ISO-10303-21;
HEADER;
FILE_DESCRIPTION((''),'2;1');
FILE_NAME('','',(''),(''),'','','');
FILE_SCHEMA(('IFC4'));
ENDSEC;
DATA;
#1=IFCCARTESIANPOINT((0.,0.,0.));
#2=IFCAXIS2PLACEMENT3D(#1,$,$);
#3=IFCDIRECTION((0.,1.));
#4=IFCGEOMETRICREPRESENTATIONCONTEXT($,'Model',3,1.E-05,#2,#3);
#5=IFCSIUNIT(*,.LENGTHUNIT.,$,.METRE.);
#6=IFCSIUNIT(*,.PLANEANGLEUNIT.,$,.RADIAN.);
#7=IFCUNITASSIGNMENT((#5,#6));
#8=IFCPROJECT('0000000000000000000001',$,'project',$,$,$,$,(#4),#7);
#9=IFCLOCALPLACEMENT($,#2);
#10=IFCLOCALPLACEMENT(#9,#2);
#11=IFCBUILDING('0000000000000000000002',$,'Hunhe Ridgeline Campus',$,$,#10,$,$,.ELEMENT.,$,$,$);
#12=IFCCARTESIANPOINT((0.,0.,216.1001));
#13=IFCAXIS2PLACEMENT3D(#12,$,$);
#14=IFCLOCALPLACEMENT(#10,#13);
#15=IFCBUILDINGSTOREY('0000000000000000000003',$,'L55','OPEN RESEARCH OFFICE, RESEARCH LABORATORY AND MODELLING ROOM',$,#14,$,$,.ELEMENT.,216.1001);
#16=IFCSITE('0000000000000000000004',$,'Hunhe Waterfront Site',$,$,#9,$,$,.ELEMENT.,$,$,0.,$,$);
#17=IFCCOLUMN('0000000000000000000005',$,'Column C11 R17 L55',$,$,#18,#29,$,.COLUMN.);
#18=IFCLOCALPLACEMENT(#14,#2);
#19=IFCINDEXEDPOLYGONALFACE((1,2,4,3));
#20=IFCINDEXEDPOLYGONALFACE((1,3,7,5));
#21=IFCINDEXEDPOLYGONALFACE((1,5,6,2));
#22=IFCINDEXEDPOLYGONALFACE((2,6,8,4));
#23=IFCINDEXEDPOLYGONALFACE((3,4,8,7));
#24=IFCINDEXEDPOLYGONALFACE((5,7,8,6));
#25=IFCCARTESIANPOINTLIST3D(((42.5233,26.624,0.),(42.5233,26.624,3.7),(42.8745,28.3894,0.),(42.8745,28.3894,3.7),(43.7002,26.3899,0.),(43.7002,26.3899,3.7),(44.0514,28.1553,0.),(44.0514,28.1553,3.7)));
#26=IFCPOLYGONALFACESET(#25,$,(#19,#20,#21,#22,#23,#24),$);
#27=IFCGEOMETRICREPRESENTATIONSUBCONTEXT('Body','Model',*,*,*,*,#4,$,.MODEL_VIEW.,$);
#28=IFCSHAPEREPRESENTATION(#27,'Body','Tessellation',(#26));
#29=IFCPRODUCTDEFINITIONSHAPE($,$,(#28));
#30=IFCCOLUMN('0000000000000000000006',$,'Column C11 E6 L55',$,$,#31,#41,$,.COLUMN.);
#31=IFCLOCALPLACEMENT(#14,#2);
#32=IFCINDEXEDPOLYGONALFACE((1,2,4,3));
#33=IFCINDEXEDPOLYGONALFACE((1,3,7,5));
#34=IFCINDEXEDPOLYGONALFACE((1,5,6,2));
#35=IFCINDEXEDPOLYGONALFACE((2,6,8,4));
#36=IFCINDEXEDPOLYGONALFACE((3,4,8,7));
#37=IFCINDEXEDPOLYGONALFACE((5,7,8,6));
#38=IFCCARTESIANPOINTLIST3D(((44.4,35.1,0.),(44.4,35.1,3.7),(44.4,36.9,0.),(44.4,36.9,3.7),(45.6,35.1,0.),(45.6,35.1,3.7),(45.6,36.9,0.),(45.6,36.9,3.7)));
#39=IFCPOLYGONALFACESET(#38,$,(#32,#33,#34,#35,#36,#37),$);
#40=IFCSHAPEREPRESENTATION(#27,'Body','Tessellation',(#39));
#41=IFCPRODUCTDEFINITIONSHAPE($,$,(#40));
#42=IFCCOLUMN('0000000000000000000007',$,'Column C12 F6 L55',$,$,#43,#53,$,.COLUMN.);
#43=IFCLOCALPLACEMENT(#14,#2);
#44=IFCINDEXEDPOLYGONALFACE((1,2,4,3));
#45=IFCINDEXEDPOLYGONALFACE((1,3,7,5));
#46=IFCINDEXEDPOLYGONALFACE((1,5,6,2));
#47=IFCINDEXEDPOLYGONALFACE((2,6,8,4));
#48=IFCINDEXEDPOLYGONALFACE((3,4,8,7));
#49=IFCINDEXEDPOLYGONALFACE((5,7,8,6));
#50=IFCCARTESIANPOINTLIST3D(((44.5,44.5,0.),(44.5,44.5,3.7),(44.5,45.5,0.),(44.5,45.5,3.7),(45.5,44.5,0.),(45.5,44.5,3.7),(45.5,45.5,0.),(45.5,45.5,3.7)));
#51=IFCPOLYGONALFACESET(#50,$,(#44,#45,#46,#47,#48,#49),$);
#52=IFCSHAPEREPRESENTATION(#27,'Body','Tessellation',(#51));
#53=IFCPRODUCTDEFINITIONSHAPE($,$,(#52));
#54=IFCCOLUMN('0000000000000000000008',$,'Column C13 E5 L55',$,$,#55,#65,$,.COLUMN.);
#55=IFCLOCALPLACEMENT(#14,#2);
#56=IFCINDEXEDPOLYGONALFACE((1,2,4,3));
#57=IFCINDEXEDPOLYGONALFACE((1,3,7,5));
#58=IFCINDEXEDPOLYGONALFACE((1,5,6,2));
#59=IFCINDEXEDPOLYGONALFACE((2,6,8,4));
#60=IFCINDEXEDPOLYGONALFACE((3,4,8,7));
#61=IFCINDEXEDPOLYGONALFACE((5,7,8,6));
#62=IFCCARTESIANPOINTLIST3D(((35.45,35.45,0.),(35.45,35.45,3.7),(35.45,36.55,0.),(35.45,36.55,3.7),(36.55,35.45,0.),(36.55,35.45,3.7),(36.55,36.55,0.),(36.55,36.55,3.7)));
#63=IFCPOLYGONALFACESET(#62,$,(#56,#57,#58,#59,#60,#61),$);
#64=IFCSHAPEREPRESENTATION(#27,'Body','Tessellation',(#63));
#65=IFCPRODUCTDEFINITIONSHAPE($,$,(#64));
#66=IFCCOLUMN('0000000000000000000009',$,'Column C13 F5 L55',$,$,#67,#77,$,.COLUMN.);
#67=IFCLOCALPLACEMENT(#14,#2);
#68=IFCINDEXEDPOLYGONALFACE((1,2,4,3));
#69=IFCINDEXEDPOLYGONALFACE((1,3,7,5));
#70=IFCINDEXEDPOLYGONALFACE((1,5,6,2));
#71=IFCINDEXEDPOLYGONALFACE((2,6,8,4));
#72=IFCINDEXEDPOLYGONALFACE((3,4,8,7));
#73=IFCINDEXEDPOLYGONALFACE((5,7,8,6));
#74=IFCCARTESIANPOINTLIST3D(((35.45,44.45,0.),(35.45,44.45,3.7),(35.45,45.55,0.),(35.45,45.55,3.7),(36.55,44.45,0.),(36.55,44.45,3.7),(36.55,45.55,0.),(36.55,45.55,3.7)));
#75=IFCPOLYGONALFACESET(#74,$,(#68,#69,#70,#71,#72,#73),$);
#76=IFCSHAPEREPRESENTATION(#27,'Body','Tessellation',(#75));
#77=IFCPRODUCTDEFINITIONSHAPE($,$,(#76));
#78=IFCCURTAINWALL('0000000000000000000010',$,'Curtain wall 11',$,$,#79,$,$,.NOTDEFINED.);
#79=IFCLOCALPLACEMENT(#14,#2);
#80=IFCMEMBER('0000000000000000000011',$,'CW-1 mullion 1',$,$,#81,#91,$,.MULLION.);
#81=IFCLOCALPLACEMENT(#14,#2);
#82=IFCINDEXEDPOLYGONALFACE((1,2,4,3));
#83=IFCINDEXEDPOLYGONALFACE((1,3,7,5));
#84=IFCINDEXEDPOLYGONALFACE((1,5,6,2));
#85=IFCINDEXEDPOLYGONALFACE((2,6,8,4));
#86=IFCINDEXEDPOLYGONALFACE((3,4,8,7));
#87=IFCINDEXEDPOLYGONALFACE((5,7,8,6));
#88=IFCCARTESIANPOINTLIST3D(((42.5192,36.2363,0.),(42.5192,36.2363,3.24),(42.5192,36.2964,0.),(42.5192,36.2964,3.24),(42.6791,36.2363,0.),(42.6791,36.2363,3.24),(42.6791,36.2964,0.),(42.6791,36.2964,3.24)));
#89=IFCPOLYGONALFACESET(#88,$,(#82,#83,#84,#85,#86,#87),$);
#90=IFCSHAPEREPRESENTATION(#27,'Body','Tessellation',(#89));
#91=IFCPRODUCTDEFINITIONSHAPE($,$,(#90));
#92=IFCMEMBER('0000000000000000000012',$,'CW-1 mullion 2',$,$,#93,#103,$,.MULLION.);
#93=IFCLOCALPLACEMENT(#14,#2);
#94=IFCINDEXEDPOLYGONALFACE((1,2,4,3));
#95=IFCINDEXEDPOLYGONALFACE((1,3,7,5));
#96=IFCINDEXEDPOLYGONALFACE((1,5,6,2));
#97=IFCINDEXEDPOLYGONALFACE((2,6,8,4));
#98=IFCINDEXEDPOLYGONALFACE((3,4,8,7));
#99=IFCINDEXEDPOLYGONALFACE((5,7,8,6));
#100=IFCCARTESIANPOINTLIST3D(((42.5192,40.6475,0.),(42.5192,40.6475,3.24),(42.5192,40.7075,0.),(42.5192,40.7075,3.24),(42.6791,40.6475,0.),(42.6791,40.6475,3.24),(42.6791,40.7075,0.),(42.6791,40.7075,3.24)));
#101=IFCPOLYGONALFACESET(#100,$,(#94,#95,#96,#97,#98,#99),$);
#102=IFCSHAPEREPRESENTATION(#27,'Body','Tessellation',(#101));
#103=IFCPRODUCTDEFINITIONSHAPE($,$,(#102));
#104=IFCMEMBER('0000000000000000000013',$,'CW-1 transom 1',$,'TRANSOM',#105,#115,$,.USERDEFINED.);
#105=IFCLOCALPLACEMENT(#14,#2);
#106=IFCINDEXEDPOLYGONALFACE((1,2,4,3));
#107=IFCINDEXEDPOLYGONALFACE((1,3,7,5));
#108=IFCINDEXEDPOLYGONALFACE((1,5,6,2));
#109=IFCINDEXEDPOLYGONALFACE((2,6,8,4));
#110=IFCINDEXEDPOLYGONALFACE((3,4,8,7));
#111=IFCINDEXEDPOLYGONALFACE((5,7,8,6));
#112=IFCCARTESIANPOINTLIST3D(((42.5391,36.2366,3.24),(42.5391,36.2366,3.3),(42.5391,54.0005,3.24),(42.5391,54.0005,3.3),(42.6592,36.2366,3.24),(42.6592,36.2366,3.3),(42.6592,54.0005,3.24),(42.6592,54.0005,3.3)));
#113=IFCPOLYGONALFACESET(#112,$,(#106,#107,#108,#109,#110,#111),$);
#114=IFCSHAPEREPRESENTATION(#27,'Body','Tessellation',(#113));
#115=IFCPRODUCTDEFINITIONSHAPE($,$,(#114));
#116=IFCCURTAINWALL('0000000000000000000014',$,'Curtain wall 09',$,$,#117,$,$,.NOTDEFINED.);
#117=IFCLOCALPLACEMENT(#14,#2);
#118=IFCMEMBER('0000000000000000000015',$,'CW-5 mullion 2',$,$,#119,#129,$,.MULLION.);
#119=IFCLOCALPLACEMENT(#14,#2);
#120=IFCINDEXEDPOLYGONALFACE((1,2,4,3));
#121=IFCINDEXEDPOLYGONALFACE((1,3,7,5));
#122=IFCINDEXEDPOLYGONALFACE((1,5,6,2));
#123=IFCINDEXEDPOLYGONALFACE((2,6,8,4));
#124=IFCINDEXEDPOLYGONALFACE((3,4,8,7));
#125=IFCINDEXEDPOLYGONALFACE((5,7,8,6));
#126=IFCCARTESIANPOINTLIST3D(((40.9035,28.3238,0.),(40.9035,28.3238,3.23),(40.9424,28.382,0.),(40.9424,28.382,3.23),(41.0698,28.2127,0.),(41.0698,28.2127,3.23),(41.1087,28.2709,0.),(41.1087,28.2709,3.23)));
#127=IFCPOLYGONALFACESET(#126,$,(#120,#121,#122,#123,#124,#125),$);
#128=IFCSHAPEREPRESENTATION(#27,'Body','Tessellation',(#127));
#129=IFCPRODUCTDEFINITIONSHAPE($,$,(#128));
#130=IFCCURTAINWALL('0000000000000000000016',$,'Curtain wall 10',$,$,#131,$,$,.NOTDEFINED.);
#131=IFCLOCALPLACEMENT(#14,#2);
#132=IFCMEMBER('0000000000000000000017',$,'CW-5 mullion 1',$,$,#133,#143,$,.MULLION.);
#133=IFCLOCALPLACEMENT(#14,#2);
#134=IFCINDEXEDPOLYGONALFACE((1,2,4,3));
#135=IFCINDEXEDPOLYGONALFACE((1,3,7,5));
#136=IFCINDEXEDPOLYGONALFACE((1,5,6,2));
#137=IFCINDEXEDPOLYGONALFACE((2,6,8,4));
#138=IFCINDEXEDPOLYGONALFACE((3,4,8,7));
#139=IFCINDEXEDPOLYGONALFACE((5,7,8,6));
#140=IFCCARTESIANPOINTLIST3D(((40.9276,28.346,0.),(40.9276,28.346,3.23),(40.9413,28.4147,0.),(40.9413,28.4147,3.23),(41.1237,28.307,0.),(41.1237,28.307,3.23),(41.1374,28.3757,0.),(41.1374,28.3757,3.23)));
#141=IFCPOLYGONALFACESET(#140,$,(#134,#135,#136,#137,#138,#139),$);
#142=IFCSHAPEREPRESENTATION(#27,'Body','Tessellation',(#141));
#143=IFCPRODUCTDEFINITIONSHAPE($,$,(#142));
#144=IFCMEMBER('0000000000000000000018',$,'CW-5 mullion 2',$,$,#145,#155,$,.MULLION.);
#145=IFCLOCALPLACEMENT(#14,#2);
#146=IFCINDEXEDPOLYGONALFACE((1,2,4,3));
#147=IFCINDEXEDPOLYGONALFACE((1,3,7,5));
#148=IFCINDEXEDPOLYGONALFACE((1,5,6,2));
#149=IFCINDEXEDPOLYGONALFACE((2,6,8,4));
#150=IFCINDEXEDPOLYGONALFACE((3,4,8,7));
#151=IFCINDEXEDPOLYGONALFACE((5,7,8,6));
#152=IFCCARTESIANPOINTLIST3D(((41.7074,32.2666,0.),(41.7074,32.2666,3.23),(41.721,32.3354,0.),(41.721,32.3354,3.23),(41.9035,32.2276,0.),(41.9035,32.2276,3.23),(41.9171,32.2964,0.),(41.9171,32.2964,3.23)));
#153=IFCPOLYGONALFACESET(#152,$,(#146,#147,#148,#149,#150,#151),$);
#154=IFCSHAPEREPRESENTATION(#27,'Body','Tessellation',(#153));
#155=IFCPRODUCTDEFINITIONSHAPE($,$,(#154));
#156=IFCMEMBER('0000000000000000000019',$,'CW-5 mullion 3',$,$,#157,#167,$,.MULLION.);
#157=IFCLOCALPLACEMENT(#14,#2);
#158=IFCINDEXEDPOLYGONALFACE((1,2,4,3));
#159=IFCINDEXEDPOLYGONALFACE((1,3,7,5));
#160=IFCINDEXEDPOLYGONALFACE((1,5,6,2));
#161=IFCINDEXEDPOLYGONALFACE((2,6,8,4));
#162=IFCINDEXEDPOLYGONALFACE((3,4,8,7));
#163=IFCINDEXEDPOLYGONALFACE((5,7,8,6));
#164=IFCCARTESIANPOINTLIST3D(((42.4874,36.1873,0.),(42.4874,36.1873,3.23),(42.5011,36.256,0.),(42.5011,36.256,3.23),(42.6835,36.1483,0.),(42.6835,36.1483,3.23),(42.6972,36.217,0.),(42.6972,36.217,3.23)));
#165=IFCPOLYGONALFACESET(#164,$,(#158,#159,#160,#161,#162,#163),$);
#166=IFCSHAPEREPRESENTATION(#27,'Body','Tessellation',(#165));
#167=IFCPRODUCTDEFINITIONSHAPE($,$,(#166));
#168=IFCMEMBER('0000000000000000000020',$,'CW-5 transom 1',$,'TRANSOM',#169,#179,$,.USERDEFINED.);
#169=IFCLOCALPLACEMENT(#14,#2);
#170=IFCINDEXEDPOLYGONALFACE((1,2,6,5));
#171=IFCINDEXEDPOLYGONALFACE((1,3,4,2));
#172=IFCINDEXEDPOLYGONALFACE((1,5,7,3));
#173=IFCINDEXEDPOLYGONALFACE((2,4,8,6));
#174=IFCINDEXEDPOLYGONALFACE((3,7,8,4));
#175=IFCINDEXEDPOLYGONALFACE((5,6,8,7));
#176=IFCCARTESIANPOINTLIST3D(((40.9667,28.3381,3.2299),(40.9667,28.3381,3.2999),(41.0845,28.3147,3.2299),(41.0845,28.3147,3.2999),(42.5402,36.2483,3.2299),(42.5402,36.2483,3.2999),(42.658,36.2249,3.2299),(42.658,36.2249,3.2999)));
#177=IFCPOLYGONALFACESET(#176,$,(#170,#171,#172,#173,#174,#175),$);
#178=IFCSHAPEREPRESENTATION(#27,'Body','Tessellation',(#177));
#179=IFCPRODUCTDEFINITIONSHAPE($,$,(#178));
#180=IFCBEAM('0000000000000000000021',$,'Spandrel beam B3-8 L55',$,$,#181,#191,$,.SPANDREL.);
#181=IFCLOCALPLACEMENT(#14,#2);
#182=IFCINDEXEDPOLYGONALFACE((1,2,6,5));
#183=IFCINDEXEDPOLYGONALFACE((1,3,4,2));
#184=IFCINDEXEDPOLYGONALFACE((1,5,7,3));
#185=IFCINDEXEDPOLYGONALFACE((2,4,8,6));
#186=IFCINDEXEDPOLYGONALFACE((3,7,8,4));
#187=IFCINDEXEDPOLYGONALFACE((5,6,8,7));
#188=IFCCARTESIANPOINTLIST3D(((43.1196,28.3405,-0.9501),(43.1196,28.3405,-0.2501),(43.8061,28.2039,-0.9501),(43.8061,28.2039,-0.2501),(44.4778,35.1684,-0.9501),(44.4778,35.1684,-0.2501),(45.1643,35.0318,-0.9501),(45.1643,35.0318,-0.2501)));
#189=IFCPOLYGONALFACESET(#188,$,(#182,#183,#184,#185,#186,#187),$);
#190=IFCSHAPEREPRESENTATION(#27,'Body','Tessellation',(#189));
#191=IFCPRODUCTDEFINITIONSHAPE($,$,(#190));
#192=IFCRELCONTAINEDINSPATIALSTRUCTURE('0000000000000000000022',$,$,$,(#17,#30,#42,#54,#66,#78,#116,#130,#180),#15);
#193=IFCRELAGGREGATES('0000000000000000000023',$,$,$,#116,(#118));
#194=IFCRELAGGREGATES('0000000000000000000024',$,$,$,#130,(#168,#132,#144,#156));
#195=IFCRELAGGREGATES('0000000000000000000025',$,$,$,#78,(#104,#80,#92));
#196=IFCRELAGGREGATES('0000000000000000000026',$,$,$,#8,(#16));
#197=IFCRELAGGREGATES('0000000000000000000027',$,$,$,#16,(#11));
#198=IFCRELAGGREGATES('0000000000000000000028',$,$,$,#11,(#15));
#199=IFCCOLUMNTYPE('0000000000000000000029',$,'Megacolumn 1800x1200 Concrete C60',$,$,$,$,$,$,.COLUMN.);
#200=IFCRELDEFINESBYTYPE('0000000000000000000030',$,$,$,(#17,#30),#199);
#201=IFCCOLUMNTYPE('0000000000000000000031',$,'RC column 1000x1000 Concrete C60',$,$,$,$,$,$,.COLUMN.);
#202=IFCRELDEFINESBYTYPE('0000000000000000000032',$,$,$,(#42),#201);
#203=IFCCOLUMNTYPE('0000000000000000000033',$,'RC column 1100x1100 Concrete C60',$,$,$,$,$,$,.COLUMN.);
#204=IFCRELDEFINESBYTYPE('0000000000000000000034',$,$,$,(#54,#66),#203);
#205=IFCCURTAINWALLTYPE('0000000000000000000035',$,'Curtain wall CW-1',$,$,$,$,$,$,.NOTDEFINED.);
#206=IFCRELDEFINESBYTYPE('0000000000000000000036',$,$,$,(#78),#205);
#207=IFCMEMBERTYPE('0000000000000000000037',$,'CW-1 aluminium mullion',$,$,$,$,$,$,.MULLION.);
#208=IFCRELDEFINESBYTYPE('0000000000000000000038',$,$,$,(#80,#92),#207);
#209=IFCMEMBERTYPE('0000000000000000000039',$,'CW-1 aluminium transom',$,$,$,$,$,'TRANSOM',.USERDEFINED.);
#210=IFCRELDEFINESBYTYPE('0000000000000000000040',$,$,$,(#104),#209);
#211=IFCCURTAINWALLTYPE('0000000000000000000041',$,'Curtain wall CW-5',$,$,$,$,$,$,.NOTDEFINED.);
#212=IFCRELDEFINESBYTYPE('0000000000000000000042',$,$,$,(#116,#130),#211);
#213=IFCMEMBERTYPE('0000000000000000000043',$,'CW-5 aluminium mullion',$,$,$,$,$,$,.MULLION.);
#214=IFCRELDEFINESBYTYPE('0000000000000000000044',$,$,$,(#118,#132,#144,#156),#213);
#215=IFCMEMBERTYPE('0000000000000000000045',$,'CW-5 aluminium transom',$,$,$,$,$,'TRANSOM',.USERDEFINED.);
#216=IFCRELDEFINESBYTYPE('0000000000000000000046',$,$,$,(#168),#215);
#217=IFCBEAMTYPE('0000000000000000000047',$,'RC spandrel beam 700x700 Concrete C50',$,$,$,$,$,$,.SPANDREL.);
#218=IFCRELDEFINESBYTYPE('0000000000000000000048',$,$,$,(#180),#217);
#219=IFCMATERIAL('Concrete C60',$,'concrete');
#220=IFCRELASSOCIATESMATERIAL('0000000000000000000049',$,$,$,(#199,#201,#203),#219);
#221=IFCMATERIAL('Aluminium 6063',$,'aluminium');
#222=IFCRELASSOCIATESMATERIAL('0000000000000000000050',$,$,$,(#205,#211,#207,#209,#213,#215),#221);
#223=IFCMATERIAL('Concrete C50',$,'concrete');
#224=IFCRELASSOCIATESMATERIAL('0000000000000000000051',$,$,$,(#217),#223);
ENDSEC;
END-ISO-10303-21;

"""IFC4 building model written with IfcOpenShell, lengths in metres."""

from ifc_helpers import new_model, si_unit, direction, frame, origin, origin_2d, place, context, subcontext, project, spatial, rectangle, extrude, material, material_profile, profile_set, type_object, element, aggregate, save


model = new_model("IFC4")

# Units and contexts
model_context = context("Model", 3, precision=1e-05, world=origin(), true_north=direction((0.0, 1.0)))
body_context = subcontext(model_context, "Body", "Model", "MODEL_VIEW")
ifc_project = project(units=[si_unit("LENGTHUNIT", "METRE"), si_unit("PLANEANGLEUNIT", "RADIAN")], contexts=[model_context])

# Site, building, storey
site_placement = place(None, origin())
site = spatial("IfcSite", under=ifc_project, at=site_placement, Name="Hunhe Waterfront Site", CompositionType="ELEMENT", RefElevation=0.0)
building_placement = place(site_placement, origin())
building = spatial("IfcBuilding", under=site, at=building_placement, Name="Hunhe Ridgeline Campus", CompositionType="ELEMENT")
storey_placement = place(building_placement, frame((0.0, 0.0, 216.1001)))
storey = spatial("IfcBuildingStorey", under=building, at=storey_placement, Name="L55", Description="OPEN RESEARCH OFFICE, RESEARCH LABORATORY AND MODELLING ROOM", CompositionType="ELEMENT", Elevation=216.1001)

# Columns
ifc_material_1 = material(Name="Concrete C60", Category="concrete")
ifc_material_profile_1 = material_profile(ifc_material_1, rectangle(XDim=1.8, YDim=1.2, at=origin_2d()))
ifc_profile_set_1 = profile_set([ifc_material_profile_1], Name="Concrete C60")
column_type_1 = type_object("IfcColumnType", Name="Megacolumn 1800x1200 Concrete C60", PredefinedType="COLUMN", material=ifc_profile_set_1)
for number, where, z_axis, x_axis, name in (
    (1, (43.2874, 27.3896, 0.0), (0.0, 0.0, 1.0), (0.19509, 0.980785, 0.0), "Column C11 R17 L55"),
    (2, (45.0, 36.0, 0.0), (0.0, 0.0, 1.0), (0.0, 1.0, 0.0), "Column C11 E6 L55"),
):
    element("IfcColumn", number, at=place(storey_placement, frame(where, z_axis=z_axis, x_axis=x_axis)), inside=storey, type_object=column_type_1, Name=name, PredefinedType="COLUMN", context=body_context, shape_type="SweptSolid", body=[
        extrude(rectangle(XDim=1.8, YDim=1.2, at=origin_2d()), origin(), (0.0, 0.0, 1.0), 3.7),
    ])
ifc_material_profile_2 = material_profile(ifc_material_1, rectangle(XDim=1.0, YDim=1.0, at=origin_2d()))
ifc_profile_set_2 = profile_set([ifc_material_profile_2], Name="Concrete C60")
column_type_2 = type_object("IfcColumnType", Name="RC column 1000x1000 Concrete C60", PredefinedType="COLUMN", material=ifc_profile_set_2)
column_placement = place(storey_placement, frame((45.0, 45.0, 0.0), z_axis=(0.0, 0.0, 1.0), x_axis=(1.0, 0.0, 0.0)))
element("IfcColumn", 3, at=column_placement, inside=storey, type_object=column_type_2, Name="Column C12 F6 L55", PredefinedType="COLUMN", context=body_context, shape_type="SweptSolid", body=[
    extrude(rectangle(XDim=1.0, YDim=1.0, at=origin_2d()), origin(), (0.0, 0.0, 1.0), 3.7),
])
ifc_material_profile_3 = material_profile(ifc_material_1, rectangle(XDim=1.1001, YDim=1.1001, at=origin_2d()))
ifc_profile_set_3 = profile_set([ifc_material_profile_3], Name="Concrete C60")
column_type_3 = type_object("IfcColumnType", Name="RC column 1100x1100 Concrete C60", PredefinedType="COLUMN", material=ifc_profile_set_3)
for number, where, z_axis, x_axis, name in (
    (4, (36.0, 36.0, 0.0), (0.0, 0.0, 1.0), (1.0, 0.0, 0.0), "Column C13 E5 L55"),
    (5, (36.0, 45.0, 0.0), (0.0, 0.0, 1.0), (1.0, 0.0, 0.0), "Column C13 F5 L55"),
):
    element("IfcColumn", number, at=place(storey_placement, frame(where, z_axis=z_axis, x_axis=x_axis)), inside=storey, type_object=column_type_3, Name=name, PredefinedType="COLUMN", context=body_context, shape_type="SweptSolid", body=[
        extrude(rectangle(XDim=1.1001, YDim=1.1001, at=origin_2d()), origin(), (0.0, 0.0, 1.0), 3.7),
    ])

# Curtain wall, members
ifc_material_2 = material(Name="Aluminium 6063", Category="aluminium")
curtain_wall_type_1 = type_object("IfcCurtainWallType", Name="Curtain wall CW-1", PredefinedType="NOTDEFINED", material=ifc_material_2)
curtain_wall_1_placement = place(storey_placement, origin())
curtain_wall_1 = element("IfcCurtainWall", 6, at=curtain_wall_1_placement, inside=storey, type_object=curtain_wall_type_1, Name="Curtain wall 11", PredefinedType="NOTDEFINED")
ifc_material_profile_4 = material_profile(ifc_material_2, rectangle(XDim=0.1599, YDim=0.0601, at=origin_2d()))
ifc_profile_set_4 = profile_set([ifc_material_profile_4], Name="Aluminium 6063")
member_type_1 = type_object("IfcMemberType", Name="CW-1 aluminium mullion", PredefinedType="MULLION", material=ifc_profile_set_4)
member_1_placement = place(storey_placement, frame((42.5991, 36.2664, 0.0), z_axis=(0.0, 0.0, 1.0), x_axis=(-1.0, 0.000007, 0.0)))
member_1 = element("IfcMember", 7, at=member_1_placement, type_object=member_type_1, Name="CW-1 mullion 1", PredefinedType="MULLION", context=body_context, shape_type="SweptSolid", body=[
    extrude(rectangle(XDim=0.1599, YDim=0.0601, at=origin_2d()), origin(), (0.0, 0.0, 1.0), 3.24),
])
member_2_placement = place(storey_placement, frame((42.5991, 40.6775, 0.0), z_axis=(0.0, 0.0, 1.0), x_axis=(-1.0, 0.000007, 0.0)))
member_2 = element("IfcMember", 8, at=member_2_placement, type_object=member_type_1, Name="CW-1 mullion 2", PredefinedType="MULLION", context=body_context, shape_type="SweptSolid", body=[
    extrude(rectangle(XDim=0.1599, YDim=0.0601, at=origin_2d()), origin(), (0.0, 0.0, 1.0), 3.24),
])
ifc_material_profile_5 = material_profile(ifc_material_2, rectangle(XDim=0.1201, YDim=0.0601, at=origin_2d()))
ifc_profile_set_5 = profile_set([ifc_material_profile_5], Name="Aluminium 6063")
member_type_2 = type_object("IfcMemberType", Name="CW-1 aluminium transom", ElementType="TRANSOM", PredefinedType="USERDEFINED", material=ifc_profile_set_5)
member_3_placement = place(storey_placement, frame((42.5991, 36.2366, 3.27), z_axis=(0.0, 1.0, 0.0), x_axis=(-1.0, 0.0, 0.0)))
member_3 = element("IfcMember", 9, at=member_3_placement, type_object=member_type_2, Name="CW-1 transom 1", ObjectType="TRANSOM", PredefinedType="USERDEFINED", context=body_context, shape_type="SweptSolid", body=[
    extrude(rectangle(XDim=0.1201, YDim=0.0601, at=origin_2d()), origin(), (0.0, 0.0, 1.0), 17.7639),
])

# Curtain wall, member
curtain_wall_type_2 = type_object("IfcCurtainWallType", Name="Curtain wall CW-5", PredefinedType="NOTDEFINED", material=ifc_material_2)
curtain_wall_2_placement = place(storey_placement, origin())
curtain_wall_2 = element("IfcCurtainWall", 10, at=curtain_wall_2_placement, inside=storey, type_object=curtain_wall_type_2, Name="Curtain wall 09", PredefinedType="NOTDEFINED")
ifc_material_profile_6 = material_profile(ifc_material_2, rectangle(XDim=0.2, YDim=0.0701, at=origin_2d()))
ifc_profile_set_6 = profile_set([ifc_material_profile_6], Name="Aluminium 6063")
member_type_3 = type_object("IfcMemberType", Name="CW-5 aluminium mullion", PredefinedType="MULLION", material=ifc_profile_set_6)
member_4_placement = place(storey_placement, frame((41.0061, 28.2974, 0.0), z_axis=(0.0, 0.0, 1.0), x_axis=(-0.83147, 0.55557, 0.0)))
member_4 = element("IfcMember", 11, at=member_4_placement, type_object=member_type_3, Name="CW-5 mullion 2", PredefinedType="MULLION", context=body_context, shape_type="SweptSolid", body=[
    extrude(rectangle(XDim=0.2, YDim=0.0701, at=origin_2d()), origin(), (0.0, 0.0, 1.0), 3.23),
])
aggregate(curtain_wall_2, [member_4])

# Curtain wall, members
curtain_wall_3_placement = place(storey_placement, origin())
curtain_wall_3 = element("IfcCurtainWall", 12, at=curtain_wall_3_placement, inside=storey, type_object=curtain_wall_type_2, Name="Curtain wall 10", PredefinedType="NOTDEFINED")
member_5_placement = place(storey_placement, frame((41.0325, 28.3608, 0.0), z_axis=(0.0, 0.0, 1.0), x_axis=(-0.980785, 0.19509, 0.0)))
member_5 = element("IfcMember", 13, at=member_5_placement, type_object=member_type_3, Name="CW-5 mullion 1", PredefinedType="MULLION", context=body_context, shape_type="SweptSolid", body=[
    extrude(rectangle(XDim=0.2, YDim=0.0701, at=origin_2d()), origin(), (0.0, 0.0, 1.0), 3.23),
])
member_6_placement = place(storey_placement, frame((41.8123, 32.2815, 0.0), z_axis=(0.0, 0.0, 1.0), x_axis=(-0.980785, 0.19509, 0.0)))
member_6 = element("IfcMember", 14, at=member_6_placement, type_object=member_type_3, Name="CW-5 mullion 2", PredefinedType="MULLION", context=body_context, shape_type="SweptSolid", body=[
    extrude(rectangle(XDim=0.2, YDim=0.0701, at=origin_2d()), origin(), (0.0, 0.0, 1.0), 3.23),
])
member_7_placement = place(storey_placement, frame((42.5923, 36.2021, 0.0), z_axis=(0.0, 0.0, 1.0), x_axis=(-0.980785, 0.19509, 0.0)))
member_7 = element("IfcMember", 15, at=member_7_placement, type_object=member_type_3, Name="CW-5 mullion 3", PredefinedType="MULLION", context=body_context, shape_type="SweptSolid", body=[
    extrude(rectangle(XDim=0.2, YDim=0.0701, at=origin_2d()), origin(), (0.0, 0.0, 1.0), 3.23),
])
ifc_material_profile_7 = material_profile(ifc_material_2, rectangle(XDim=0.1201, YDim=0.0701, at=origin_2d()))
ifc_profile_set_7 = profile_set([ifc_material_profile_7], Name="Aluminium 6063")
member_type_4 = type_object("IfcMemberType", Name="CW-5 aluminium transom", ElementType="TRANSOM", PredefinedType="USERDEFINED", material=ifc_profile_set_7)
member_8_placement = place(storey_placement, frame((41.0256, 28.3264, 3.2649), z_axis=(0.195097, 0.980784, 0.0), x_axis=(-0.980784, 0.195097, 0.0)))
member_8 = element("IfcMember", 16, at=member_8_placement, type_object=member_type_4, Name="CW-5 transom 1", ObjectType="TRANSOM", PredefinedType="USERDEFINED", context=body_context, shape_type="SweptSolid", body=[
    extrude(rectangle(XDim=0.1201, YDim=0.0701, at=origin_2d()), origin(), (0.0, 0.0, 1.0), 8.0652),
])

# Beam
ifc_material_3 = material(Name="Concrete C50", Category="concrete")
ifc_material_profile_8 = material_profile(ifc_material_3, rectangle(XDim=0.7, YDim=0.7, at=origin_2d()))
ifc_profile_set_8 = profile_set([ifc_material_profile_8], Name="Concrete C50")
beam_type = type_object("IfcBeamType", Name="RC spandrel beam 700x700 Concrete C50", PredefinedType="SPANDREL", material=ifc_profile_set_8)
beam_1_placement = place(storey_placement, frame((43.4629, 28.2722, -0.6001), z_axis=(0.195091, 0.980785, 0.0), x_axis=(-0.980785, 0.195091, 0.0)))
element("IfcBeam", 17, at=beam_1_placement, inside=storey, type_object=beam_type, Name="Spandrel beam B3-8 L55", PredefinedType="SPANDREL", context=body_context, shape_type="SweptSolid", body=[
    extrude(rectangle(XDim=0.7, YDim=0.7, at=origin_2d()), origin(), (0.0, 0.0, 1.0), 6.9617),
])

aggregate(curtain_wall_3, [member_8, member_5, member_6, member_7])
aggregate(curtain_wall_1, [member_3, member_1, member_2])

save(model, "model.ifc")
